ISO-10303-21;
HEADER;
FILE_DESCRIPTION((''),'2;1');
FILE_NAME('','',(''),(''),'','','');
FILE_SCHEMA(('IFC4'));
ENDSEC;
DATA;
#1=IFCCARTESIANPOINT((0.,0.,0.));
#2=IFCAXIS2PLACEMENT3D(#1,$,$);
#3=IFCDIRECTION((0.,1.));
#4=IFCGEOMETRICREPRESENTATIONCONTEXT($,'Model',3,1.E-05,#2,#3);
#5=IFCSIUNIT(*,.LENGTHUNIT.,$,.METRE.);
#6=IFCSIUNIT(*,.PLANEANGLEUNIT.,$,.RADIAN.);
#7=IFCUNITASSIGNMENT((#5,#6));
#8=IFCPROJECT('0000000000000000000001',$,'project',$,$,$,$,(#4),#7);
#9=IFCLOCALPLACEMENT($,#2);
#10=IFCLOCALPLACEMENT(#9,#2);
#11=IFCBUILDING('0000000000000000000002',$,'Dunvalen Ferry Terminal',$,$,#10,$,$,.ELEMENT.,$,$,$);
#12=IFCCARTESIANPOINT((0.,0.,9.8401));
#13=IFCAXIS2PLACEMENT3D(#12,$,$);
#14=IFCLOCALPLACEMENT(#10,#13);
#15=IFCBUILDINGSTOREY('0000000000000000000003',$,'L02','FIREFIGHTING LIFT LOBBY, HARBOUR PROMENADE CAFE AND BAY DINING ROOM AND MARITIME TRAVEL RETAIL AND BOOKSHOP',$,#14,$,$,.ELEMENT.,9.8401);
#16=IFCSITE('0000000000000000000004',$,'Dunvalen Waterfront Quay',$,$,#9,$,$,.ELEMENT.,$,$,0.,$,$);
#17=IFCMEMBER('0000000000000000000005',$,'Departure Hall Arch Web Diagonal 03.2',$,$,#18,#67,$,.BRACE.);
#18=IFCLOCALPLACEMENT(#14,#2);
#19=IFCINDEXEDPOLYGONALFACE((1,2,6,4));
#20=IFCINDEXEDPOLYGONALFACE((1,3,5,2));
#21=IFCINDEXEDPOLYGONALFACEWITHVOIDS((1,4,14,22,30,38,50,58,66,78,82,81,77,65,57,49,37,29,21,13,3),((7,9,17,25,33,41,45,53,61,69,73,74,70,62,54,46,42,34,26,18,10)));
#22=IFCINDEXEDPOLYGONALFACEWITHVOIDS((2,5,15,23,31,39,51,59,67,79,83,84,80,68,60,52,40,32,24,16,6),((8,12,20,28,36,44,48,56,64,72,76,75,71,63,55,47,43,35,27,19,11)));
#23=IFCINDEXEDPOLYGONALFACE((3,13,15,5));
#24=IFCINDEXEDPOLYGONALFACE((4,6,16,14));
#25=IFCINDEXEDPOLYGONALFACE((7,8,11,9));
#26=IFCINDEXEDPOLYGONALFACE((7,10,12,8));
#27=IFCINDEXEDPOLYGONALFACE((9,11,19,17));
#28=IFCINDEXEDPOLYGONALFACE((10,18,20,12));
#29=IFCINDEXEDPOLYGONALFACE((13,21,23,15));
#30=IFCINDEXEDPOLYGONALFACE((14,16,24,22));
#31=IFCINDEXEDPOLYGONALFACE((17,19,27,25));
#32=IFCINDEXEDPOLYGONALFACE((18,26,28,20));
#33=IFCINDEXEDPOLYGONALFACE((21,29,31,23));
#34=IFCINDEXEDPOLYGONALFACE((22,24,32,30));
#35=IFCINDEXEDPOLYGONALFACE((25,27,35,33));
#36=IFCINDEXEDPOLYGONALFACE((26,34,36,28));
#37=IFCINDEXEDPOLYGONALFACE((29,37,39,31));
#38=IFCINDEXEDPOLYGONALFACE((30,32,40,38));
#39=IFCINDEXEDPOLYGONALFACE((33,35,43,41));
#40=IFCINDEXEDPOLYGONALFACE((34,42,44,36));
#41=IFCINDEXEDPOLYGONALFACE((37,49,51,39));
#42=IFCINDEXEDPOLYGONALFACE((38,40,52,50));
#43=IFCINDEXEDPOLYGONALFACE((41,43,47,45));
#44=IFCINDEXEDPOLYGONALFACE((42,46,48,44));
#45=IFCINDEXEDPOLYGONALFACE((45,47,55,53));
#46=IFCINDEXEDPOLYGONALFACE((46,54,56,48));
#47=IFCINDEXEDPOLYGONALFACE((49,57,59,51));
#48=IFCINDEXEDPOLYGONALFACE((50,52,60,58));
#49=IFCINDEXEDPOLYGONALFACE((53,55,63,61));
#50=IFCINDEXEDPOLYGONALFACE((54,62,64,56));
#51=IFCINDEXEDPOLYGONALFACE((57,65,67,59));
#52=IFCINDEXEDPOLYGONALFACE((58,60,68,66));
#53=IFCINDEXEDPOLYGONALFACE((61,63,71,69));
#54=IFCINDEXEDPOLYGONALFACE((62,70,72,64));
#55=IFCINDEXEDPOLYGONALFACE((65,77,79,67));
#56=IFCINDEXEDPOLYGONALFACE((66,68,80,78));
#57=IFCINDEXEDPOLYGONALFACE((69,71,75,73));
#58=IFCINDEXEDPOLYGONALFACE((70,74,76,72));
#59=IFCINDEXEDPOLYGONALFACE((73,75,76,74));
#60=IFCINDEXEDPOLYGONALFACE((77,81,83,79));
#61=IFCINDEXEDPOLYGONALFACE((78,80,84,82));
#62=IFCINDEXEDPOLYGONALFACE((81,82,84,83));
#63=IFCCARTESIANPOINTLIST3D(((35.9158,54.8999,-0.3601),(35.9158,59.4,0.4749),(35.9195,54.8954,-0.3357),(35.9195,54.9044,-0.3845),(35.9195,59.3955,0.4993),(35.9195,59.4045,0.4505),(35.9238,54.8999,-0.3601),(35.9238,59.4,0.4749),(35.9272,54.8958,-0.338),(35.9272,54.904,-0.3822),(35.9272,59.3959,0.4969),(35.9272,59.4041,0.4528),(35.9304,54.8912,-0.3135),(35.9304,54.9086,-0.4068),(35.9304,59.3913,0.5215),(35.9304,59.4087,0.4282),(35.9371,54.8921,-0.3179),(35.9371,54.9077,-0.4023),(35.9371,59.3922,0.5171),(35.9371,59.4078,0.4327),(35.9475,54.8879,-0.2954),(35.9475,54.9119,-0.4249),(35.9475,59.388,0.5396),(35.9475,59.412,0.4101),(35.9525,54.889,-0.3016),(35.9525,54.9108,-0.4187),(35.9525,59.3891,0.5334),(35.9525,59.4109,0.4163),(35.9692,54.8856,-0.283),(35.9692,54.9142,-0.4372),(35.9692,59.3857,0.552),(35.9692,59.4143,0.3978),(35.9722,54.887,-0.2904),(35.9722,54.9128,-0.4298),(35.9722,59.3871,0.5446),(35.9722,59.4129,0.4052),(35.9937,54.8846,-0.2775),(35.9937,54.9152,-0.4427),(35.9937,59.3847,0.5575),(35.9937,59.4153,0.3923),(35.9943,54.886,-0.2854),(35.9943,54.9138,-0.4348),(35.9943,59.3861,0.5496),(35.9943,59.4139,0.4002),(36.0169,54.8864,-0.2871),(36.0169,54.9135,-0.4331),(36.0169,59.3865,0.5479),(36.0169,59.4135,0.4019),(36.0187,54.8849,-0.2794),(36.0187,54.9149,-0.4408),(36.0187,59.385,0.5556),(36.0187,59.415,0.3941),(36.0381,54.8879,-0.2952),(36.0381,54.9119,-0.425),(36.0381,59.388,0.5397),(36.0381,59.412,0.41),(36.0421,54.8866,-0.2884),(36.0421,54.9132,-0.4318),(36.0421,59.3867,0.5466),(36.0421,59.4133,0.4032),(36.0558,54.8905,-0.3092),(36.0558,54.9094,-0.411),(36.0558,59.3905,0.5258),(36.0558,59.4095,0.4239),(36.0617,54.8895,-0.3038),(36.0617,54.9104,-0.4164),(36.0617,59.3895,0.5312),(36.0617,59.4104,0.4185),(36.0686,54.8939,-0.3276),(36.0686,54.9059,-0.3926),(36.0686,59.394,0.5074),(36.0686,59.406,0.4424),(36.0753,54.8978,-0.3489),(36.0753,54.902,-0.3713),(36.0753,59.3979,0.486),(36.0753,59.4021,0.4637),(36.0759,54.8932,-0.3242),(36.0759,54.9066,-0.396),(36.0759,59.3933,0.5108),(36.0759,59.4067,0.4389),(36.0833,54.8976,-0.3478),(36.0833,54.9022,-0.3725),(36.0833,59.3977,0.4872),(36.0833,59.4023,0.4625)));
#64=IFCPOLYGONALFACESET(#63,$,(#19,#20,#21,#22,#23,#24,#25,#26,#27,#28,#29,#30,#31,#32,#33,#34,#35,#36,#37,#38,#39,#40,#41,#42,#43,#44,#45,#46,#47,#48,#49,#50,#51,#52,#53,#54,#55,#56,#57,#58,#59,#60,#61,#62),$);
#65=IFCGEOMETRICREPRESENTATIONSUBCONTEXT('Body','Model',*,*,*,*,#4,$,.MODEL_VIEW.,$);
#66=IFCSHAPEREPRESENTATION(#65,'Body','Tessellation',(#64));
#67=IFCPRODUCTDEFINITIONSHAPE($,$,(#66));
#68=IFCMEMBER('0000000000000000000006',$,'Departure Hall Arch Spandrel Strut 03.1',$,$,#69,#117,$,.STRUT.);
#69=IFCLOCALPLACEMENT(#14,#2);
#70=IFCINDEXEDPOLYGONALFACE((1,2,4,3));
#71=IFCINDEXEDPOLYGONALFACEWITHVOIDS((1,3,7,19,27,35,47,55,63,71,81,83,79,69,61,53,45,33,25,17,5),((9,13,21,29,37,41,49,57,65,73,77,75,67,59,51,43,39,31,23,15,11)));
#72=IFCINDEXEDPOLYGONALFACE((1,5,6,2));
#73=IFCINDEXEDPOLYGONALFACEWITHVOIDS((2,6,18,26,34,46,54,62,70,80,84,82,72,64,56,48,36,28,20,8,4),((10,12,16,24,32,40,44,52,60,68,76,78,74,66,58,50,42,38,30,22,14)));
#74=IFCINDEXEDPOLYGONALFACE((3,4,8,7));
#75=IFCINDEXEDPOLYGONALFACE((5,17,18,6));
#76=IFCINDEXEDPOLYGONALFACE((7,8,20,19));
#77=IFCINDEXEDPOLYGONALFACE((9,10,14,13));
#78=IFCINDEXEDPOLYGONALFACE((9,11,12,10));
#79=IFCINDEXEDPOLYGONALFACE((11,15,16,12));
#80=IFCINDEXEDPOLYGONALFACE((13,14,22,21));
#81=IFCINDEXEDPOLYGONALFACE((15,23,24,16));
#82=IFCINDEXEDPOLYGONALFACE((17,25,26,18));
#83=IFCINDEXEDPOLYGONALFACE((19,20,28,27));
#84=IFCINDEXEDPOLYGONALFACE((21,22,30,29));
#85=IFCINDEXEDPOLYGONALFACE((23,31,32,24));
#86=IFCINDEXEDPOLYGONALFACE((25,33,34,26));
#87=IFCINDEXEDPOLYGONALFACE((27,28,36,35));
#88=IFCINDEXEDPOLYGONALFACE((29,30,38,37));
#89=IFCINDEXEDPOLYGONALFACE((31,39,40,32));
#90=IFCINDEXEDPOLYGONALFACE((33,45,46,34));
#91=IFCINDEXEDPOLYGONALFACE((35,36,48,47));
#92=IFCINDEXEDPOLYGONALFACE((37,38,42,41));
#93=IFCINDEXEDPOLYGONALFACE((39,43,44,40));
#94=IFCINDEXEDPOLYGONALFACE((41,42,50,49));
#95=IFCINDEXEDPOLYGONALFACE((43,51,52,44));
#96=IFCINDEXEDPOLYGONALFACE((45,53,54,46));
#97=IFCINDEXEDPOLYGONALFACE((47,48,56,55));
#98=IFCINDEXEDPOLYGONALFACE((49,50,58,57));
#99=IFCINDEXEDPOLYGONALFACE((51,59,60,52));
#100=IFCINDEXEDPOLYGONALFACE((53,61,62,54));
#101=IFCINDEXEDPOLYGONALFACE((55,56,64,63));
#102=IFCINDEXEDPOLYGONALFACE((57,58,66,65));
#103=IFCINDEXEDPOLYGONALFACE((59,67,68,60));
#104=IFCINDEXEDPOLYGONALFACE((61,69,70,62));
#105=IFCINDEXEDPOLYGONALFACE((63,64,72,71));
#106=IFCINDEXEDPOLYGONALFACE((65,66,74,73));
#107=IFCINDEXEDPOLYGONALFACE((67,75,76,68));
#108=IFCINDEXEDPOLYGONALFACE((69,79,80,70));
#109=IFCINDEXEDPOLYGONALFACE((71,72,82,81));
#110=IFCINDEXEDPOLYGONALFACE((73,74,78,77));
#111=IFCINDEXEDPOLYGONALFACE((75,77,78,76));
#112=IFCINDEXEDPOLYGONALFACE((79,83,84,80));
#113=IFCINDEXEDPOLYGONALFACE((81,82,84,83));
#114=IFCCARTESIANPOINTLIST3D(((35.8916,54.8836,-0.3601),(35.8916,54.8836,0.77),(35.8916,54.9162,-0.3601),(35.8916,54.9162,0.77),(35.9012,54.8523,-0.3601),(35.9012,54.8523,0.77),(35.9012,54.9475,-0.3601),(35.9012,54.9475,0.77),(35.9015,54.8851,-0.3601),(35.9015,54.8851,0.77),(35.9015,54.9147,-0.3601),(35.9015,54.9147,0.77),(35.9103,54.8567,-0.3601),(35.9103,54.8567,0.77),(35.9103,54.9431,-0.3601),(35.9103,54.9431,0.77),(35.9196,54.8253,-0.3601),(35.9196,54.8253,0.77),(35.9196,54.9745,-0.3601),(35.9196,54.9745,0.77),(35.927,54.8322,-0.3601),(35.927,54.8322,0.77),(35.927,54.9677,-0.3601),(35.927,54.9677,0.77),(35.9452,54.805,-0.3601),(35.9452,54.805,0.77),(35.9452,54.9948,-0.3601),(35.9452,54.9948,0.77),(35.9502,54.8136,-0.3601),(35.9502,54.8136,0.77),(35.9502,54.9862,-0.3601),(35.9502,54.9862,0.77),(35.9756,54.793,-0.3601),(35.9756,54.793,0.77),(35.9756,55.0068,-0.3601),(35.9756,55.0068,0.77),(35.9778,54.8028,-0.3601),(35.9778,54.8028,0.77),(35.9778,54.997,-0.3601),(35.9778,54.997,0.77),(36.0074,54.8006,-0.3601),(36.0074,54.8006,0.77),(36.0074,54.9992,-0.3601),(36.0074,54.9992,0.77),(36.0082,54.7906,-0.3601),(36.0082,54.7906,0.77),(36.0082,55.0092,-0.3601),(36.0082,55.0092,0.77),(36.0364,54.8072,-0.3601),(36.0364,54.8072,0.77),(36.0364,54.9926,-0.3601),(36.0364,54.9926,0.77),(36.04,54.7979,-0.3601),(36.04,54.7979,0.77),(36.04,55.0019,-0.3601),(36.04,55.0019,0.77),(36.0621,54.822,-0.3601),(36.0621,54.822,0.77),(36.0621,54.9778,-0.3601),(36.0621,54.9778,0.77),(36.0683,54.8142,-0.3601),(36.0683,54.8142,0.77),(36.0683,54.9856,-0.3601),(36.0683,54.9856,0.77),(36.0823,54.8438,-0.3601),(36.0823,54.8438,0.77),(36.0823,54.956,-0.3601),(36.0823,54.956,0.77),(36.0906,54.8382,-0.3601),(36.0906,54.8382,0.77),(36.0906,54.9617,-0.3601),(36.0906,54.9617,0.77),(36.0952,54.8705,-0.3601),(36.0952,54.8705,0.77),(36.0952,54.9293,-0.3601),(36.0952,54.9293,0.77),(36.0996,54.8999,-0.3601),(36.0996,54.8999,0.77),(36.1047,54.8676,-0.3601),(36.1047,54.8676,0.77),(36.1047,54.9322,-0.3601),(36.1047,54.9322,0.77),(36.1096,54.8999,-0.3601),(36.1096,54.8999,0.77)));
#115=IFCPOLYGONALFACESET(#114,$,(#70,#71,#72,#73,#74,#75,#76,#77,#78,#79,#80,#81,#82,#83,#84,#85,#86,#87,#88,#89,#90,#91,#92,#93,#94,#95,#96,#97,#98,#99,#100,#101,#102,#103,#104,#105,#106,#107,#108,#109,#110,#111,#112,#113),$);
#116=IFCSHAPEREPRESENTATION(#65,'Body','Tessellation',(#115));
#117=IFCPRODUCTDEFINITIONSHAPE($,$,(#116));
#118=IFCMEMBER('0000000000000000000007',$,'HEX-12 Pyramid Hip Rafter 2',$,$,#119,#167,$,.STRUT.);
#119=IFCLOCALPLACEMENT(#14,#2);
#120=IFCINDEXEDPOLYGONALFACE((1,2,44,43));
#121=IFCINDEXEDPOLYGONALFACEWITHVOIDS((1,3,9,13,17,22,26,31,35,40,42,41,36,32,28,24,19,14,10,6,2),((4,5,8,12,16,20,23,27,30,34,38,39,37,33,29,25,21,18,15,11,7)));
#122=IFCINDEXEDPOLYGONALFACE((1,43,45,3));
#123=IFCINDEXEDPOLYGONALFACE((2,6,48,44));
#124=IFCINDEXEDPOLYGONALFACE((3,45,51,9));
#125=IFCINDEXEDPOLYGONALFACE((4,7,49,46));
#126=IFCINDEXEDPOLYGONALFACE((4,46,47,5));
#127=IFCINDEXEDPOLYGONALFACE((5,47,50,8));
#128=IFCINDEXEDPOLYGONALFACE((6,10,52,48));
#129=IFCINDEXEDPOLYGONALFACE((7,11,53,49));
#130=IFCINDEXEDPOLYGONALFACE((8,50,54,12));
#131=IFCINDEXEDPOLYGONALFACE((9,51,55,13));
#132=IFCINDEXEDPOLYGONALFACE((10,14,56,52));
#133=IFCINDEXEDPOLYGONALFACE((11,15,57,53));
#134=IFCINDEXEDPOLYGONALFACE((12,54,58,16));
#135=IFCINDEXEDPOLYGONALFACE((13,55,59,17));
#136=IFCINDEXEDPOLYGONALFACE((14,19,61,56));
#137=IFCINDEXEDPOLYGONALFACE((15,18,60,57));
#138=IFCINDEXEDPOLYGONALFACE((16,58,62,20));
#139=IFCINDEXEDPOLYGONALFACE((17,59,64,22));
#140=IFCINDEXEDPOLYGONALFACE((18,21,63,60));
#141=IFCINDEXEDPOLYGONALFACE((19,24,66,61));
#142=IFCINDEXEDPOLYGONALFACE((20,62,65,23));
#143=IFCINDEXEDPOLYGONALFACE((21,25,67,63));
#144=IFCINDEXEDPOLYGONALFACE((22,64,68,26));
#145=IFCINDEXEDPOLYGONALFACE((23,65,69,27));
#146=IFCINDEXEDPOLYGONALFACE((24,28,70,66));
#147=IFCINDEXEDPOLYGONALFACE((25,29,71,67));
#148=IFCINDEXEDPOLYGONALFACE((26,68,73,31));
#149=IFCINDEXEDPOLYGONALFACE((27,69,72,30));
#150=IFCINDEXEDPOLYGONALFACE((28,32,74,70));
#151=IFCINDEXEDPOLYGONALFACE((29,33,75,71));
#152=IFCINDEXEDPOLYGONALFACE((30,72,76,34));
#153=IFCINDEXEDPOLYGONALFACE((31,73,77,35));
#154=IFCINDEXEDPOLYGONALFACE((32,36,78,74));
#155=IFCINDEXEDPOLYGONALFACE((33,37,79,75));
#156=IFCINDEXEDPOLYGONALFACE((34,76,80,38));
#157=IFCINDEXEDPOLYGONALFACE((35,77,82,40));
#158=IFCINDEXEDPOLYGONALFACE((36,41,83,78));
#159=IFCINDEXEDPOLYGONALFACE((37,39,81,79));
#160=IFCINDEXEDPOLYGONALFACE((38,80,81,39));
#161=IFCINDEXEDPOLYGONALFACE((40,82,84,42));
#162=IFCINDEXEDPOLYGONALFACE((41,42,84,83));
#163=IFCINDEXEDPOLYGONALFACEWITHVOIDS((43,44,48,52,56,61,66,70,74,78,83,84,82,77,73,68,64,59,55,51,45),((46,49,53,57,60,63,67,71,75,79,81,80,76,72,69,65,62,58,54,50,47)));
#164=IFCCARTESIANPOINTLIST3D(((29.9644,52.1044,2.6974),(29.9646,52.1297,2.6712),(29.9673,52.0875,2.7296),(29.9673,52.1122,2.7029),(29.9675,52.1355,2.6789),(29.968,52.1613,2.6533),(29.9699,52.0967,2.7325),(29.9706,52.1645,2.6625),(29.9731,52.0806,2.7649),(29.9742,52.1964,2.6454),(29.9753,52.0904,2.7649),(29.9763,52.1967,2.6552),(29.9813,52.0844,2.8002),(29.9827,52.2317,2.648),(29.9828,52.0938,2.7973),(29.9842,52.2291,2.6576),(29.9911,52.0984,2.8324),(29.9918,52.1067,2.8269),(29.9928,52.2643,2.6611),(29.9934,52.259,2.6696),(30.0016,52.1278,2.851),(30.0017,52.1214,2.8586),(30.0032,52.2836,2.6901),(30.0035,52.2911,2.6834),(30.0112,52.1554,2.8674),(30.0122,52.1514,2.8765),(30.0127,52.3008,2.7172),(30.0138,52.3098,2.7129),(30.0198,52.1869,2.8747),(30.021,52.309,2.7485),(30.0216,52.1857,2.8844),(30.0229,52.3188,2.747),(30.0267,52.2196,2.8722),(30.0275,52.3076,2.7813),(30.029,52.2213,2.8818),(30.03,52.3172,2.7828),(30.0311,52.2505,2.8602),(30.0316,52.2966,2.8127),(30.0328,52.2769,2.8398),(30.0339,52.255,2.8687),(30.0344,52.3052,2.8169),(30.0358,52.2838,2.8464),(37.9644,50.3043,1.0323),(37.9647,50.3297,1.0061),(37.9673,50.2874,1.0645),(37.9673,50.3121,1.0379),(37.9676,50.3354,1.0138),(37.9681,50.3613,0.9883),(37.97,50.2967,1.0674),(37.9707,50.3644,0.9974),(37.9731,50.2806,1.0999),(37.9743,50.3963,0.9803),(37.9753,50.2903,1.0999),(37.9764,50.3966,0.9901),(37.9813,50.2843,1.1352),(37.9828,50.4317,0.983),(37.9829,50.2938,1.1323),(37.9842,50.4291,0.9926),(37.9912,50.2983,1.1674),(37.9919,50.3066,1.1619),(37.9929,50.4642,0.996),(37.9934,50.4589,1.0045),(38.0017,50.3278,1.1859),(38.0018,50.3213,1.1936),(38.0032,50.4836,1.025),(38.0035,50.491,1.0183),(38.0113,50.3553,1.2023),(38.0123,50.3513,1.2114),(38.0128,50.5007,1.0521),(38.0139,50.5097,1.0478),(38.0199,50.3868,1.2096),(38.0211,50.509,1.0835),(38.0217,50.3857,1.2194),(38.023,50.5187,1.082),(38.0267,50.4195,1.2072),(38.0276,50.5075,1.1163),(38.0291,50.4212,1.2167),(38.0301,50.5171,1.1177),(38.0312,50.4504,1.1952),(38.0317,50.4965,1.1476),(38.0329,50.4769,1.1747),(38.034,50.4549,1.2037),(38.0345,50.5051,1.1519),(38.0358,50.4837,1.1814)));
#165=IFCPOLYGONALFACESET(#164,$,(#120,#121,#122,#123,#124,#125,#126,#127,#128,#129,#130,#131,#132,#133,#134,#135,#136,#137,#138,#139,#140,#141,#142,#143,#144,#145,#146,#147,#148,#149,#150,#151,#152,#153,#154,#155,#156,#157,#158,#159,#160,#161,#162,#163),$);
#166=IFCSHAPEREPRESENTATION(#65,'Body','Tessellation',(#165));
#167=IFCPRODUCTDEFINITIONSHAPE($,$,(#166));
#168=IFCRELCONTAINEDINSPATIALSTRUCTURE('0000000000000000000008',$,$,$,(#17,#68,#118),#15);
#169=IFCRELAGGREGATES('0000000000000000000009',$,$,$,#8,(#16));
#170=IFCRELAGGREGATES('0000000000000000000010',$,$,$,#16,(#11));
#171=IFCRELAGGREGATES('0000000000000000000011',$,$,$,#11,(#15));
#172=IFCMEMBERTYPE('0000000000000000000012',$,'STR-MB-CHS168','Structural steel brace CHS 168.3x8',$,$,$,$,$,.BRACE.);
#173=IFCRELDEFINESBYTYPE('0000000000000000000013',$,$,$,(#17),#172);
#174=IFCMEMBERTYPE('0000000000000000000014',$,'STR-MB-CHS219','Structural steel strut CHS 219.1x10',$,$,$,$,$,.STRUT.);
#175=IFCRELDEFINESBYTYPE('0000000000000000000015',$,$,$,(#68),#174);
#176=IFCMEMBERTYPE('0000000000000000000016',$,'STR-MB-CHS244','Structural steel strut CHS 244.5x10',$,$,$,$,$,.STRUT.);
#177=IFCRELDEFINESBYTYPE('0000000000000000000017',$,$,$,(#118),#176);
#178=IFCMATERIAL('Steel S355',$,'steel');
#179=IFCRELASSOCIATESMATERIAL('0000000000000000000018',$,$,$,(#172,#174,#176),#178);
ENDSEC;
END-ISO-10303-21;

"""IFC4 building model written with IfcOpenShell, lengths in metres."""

from ifc_helpers import new_model, si_unit, direction, frame, origin, origin_2d, place, context, subcontext, project, spatial, hollow_circle, extrude, material, material_profile, profile_set, type_object, element, save


model = new_model("IFC4")

# Units and contexts
model_context = context("Model", 3, precision=1e-05, world=origin(), true_north=direction((0.0, 1.0)))
body_context = subcontext(model_context, "Body", "Model", "MODEL_VIEW")
ifc_project = project(units=[si_unit("LENGTHUNIT", "METRE"), si_unit("PLANEANGLEUNIT", "RADIAN")], contexts=[model_context])

# Site, building, storey
site_placement = place(None, origin())
site = spatial("IfcSite", under=ifc_project, at=site_placement, Name="Dunvalen Waterfront Quay", CompositionType="ELEMENT", RefElevation=0.0)
building_placement = place(site_placement, origin())
building = spatial("IfcBuilding", under=site, at=building_placement, Name="Dunvalen Ferry Terminal", CompositionType="ELEMENT")
storey_placement = place(building_placement, frame((0.0, 0.0, 9.8401)))
storey = spatial("IfcBuildingStorey", under=building, at=storey_placement, Name="L02", Description="FIREFIGHTING LIFT LOBBY, HARBOUR PROMENADE CAFE AND BAY DINING ROOM AND MARITIME TRAVEL RETAIL AND BOOKSHOP", CompositionType="ELEMENT", Elevation=9.8401)

# Shared definitions
ifc_material_1 = material(Name="Steel S355", Category="steel")

# Members
ifc_material_profile_1 = material_profile(ifc_material_1, hollow_circle(Radius=0.0842, WallThickness=0.0081, at=origin_2d()), Name="Steel S355")
ifc_profile_set_1 = profile_set([ifc_material_profile_1], Name="Steel S355")
member_type_1 = type_object("IfcMemberType", Name="STR-MB-CHS168", Description="Structural steel brace CHS 168.3x8", PredefinedType="BRACE", material=ifc_profile_set_1)
member_1_placement = place(storey_placement, frame((36.0, 54.8999, -0.3601), z_axis=(0.0, 0.983218, 0.182433), x_axis=(-1.0, 0.0, 0.0)))
element("IfcMember", 1, at=member_1_placement, inside=storey, type_object=member_type_1, Name="Departure Hall Arch Web Diagonal 03.2", PredefinedType="BRACE", context=body_context, shape_type="SweptSolid", body=[
    extrude(hollow_circle(Radius=0.0842, WallThickness=0.0081, at=origin_2d()), origin(), (0.0, 0.0, 1.0), 4.5769),
])
ifc_material_profile_2 = material_profile(ifc_material_1, hollow_circle(Radius=0.1096, WallThickness=0.01, at=origin_2d()), Name="Steel S355")
ifc_profile_set_2 = profile_set([ifc_material_profile_2], Name="Steel S355")
member_type_2 = type_object("IfcMemberType", Name="STR-MB-CHS219", Description="Structural steel strut CHS 219.1x10", PredefinedType="STRUT", material=ifc_profile_set_2)
member_2_placement = place(storey_placement, frame((36.0, 54.8999, -0.3601), z_axis=(0.0, 0.0, 1.0), x_axis=(1.0, 0.0, 0.0)))
element("IfcMember", 2, at=member_2_placement, inside=storey, type_object=member_type_2, Name="Departure Hall Arch Spandrel Strut 03.1", PredefinedType="STRUT", context=body_context, shape_type="SweptSolid", body=[
    extrude(hollow_circle(Radius=0.1096, WallThickness=0.01, at=origin_2d()), origin(), (0.0, 0.0, 1.0), 1.1301),
])
ifc_material_profile_3 = material_profile(ifc_material_1, hollow_circle(Radius=0.1223, WallThickness=0.01, at=origin_2d()), Name="Steel S355")
ifc_profile_set_3 = profile_set([ifc_material_profile_3], Name="Steel S355")
member_type_3 = type_object("IfcMemberType", Name="STR-MB-CHS244", Description="Structural steel strut CHS 244.5x10", PredefinedType="STRUT", material=ifc_profile_set_3)
member_3_placement = place(storey_placement, frame((38.0, 50.3999, 1.0999), z_axis=(-0.956097, 0.215128, 0.198992), x_axis=(-0.219518, -0.975608, 0.0)))
element("IfcMember", 3, at=member_3_placement, inside=storey, type_object=member_type_3, Name="HEX-12 Pyramid Hip Rafter 2", PredefinedType="STRUT", context=body_context, shape_type="SweptSolid", body=[
    extrude(hollow_circle(Radius=0.1223, WallThickness=0.01, at=origin_2d()), origin(), (0.0, 0.0, 1.0), 8.3674),
])

save(model, "model.ifc")
